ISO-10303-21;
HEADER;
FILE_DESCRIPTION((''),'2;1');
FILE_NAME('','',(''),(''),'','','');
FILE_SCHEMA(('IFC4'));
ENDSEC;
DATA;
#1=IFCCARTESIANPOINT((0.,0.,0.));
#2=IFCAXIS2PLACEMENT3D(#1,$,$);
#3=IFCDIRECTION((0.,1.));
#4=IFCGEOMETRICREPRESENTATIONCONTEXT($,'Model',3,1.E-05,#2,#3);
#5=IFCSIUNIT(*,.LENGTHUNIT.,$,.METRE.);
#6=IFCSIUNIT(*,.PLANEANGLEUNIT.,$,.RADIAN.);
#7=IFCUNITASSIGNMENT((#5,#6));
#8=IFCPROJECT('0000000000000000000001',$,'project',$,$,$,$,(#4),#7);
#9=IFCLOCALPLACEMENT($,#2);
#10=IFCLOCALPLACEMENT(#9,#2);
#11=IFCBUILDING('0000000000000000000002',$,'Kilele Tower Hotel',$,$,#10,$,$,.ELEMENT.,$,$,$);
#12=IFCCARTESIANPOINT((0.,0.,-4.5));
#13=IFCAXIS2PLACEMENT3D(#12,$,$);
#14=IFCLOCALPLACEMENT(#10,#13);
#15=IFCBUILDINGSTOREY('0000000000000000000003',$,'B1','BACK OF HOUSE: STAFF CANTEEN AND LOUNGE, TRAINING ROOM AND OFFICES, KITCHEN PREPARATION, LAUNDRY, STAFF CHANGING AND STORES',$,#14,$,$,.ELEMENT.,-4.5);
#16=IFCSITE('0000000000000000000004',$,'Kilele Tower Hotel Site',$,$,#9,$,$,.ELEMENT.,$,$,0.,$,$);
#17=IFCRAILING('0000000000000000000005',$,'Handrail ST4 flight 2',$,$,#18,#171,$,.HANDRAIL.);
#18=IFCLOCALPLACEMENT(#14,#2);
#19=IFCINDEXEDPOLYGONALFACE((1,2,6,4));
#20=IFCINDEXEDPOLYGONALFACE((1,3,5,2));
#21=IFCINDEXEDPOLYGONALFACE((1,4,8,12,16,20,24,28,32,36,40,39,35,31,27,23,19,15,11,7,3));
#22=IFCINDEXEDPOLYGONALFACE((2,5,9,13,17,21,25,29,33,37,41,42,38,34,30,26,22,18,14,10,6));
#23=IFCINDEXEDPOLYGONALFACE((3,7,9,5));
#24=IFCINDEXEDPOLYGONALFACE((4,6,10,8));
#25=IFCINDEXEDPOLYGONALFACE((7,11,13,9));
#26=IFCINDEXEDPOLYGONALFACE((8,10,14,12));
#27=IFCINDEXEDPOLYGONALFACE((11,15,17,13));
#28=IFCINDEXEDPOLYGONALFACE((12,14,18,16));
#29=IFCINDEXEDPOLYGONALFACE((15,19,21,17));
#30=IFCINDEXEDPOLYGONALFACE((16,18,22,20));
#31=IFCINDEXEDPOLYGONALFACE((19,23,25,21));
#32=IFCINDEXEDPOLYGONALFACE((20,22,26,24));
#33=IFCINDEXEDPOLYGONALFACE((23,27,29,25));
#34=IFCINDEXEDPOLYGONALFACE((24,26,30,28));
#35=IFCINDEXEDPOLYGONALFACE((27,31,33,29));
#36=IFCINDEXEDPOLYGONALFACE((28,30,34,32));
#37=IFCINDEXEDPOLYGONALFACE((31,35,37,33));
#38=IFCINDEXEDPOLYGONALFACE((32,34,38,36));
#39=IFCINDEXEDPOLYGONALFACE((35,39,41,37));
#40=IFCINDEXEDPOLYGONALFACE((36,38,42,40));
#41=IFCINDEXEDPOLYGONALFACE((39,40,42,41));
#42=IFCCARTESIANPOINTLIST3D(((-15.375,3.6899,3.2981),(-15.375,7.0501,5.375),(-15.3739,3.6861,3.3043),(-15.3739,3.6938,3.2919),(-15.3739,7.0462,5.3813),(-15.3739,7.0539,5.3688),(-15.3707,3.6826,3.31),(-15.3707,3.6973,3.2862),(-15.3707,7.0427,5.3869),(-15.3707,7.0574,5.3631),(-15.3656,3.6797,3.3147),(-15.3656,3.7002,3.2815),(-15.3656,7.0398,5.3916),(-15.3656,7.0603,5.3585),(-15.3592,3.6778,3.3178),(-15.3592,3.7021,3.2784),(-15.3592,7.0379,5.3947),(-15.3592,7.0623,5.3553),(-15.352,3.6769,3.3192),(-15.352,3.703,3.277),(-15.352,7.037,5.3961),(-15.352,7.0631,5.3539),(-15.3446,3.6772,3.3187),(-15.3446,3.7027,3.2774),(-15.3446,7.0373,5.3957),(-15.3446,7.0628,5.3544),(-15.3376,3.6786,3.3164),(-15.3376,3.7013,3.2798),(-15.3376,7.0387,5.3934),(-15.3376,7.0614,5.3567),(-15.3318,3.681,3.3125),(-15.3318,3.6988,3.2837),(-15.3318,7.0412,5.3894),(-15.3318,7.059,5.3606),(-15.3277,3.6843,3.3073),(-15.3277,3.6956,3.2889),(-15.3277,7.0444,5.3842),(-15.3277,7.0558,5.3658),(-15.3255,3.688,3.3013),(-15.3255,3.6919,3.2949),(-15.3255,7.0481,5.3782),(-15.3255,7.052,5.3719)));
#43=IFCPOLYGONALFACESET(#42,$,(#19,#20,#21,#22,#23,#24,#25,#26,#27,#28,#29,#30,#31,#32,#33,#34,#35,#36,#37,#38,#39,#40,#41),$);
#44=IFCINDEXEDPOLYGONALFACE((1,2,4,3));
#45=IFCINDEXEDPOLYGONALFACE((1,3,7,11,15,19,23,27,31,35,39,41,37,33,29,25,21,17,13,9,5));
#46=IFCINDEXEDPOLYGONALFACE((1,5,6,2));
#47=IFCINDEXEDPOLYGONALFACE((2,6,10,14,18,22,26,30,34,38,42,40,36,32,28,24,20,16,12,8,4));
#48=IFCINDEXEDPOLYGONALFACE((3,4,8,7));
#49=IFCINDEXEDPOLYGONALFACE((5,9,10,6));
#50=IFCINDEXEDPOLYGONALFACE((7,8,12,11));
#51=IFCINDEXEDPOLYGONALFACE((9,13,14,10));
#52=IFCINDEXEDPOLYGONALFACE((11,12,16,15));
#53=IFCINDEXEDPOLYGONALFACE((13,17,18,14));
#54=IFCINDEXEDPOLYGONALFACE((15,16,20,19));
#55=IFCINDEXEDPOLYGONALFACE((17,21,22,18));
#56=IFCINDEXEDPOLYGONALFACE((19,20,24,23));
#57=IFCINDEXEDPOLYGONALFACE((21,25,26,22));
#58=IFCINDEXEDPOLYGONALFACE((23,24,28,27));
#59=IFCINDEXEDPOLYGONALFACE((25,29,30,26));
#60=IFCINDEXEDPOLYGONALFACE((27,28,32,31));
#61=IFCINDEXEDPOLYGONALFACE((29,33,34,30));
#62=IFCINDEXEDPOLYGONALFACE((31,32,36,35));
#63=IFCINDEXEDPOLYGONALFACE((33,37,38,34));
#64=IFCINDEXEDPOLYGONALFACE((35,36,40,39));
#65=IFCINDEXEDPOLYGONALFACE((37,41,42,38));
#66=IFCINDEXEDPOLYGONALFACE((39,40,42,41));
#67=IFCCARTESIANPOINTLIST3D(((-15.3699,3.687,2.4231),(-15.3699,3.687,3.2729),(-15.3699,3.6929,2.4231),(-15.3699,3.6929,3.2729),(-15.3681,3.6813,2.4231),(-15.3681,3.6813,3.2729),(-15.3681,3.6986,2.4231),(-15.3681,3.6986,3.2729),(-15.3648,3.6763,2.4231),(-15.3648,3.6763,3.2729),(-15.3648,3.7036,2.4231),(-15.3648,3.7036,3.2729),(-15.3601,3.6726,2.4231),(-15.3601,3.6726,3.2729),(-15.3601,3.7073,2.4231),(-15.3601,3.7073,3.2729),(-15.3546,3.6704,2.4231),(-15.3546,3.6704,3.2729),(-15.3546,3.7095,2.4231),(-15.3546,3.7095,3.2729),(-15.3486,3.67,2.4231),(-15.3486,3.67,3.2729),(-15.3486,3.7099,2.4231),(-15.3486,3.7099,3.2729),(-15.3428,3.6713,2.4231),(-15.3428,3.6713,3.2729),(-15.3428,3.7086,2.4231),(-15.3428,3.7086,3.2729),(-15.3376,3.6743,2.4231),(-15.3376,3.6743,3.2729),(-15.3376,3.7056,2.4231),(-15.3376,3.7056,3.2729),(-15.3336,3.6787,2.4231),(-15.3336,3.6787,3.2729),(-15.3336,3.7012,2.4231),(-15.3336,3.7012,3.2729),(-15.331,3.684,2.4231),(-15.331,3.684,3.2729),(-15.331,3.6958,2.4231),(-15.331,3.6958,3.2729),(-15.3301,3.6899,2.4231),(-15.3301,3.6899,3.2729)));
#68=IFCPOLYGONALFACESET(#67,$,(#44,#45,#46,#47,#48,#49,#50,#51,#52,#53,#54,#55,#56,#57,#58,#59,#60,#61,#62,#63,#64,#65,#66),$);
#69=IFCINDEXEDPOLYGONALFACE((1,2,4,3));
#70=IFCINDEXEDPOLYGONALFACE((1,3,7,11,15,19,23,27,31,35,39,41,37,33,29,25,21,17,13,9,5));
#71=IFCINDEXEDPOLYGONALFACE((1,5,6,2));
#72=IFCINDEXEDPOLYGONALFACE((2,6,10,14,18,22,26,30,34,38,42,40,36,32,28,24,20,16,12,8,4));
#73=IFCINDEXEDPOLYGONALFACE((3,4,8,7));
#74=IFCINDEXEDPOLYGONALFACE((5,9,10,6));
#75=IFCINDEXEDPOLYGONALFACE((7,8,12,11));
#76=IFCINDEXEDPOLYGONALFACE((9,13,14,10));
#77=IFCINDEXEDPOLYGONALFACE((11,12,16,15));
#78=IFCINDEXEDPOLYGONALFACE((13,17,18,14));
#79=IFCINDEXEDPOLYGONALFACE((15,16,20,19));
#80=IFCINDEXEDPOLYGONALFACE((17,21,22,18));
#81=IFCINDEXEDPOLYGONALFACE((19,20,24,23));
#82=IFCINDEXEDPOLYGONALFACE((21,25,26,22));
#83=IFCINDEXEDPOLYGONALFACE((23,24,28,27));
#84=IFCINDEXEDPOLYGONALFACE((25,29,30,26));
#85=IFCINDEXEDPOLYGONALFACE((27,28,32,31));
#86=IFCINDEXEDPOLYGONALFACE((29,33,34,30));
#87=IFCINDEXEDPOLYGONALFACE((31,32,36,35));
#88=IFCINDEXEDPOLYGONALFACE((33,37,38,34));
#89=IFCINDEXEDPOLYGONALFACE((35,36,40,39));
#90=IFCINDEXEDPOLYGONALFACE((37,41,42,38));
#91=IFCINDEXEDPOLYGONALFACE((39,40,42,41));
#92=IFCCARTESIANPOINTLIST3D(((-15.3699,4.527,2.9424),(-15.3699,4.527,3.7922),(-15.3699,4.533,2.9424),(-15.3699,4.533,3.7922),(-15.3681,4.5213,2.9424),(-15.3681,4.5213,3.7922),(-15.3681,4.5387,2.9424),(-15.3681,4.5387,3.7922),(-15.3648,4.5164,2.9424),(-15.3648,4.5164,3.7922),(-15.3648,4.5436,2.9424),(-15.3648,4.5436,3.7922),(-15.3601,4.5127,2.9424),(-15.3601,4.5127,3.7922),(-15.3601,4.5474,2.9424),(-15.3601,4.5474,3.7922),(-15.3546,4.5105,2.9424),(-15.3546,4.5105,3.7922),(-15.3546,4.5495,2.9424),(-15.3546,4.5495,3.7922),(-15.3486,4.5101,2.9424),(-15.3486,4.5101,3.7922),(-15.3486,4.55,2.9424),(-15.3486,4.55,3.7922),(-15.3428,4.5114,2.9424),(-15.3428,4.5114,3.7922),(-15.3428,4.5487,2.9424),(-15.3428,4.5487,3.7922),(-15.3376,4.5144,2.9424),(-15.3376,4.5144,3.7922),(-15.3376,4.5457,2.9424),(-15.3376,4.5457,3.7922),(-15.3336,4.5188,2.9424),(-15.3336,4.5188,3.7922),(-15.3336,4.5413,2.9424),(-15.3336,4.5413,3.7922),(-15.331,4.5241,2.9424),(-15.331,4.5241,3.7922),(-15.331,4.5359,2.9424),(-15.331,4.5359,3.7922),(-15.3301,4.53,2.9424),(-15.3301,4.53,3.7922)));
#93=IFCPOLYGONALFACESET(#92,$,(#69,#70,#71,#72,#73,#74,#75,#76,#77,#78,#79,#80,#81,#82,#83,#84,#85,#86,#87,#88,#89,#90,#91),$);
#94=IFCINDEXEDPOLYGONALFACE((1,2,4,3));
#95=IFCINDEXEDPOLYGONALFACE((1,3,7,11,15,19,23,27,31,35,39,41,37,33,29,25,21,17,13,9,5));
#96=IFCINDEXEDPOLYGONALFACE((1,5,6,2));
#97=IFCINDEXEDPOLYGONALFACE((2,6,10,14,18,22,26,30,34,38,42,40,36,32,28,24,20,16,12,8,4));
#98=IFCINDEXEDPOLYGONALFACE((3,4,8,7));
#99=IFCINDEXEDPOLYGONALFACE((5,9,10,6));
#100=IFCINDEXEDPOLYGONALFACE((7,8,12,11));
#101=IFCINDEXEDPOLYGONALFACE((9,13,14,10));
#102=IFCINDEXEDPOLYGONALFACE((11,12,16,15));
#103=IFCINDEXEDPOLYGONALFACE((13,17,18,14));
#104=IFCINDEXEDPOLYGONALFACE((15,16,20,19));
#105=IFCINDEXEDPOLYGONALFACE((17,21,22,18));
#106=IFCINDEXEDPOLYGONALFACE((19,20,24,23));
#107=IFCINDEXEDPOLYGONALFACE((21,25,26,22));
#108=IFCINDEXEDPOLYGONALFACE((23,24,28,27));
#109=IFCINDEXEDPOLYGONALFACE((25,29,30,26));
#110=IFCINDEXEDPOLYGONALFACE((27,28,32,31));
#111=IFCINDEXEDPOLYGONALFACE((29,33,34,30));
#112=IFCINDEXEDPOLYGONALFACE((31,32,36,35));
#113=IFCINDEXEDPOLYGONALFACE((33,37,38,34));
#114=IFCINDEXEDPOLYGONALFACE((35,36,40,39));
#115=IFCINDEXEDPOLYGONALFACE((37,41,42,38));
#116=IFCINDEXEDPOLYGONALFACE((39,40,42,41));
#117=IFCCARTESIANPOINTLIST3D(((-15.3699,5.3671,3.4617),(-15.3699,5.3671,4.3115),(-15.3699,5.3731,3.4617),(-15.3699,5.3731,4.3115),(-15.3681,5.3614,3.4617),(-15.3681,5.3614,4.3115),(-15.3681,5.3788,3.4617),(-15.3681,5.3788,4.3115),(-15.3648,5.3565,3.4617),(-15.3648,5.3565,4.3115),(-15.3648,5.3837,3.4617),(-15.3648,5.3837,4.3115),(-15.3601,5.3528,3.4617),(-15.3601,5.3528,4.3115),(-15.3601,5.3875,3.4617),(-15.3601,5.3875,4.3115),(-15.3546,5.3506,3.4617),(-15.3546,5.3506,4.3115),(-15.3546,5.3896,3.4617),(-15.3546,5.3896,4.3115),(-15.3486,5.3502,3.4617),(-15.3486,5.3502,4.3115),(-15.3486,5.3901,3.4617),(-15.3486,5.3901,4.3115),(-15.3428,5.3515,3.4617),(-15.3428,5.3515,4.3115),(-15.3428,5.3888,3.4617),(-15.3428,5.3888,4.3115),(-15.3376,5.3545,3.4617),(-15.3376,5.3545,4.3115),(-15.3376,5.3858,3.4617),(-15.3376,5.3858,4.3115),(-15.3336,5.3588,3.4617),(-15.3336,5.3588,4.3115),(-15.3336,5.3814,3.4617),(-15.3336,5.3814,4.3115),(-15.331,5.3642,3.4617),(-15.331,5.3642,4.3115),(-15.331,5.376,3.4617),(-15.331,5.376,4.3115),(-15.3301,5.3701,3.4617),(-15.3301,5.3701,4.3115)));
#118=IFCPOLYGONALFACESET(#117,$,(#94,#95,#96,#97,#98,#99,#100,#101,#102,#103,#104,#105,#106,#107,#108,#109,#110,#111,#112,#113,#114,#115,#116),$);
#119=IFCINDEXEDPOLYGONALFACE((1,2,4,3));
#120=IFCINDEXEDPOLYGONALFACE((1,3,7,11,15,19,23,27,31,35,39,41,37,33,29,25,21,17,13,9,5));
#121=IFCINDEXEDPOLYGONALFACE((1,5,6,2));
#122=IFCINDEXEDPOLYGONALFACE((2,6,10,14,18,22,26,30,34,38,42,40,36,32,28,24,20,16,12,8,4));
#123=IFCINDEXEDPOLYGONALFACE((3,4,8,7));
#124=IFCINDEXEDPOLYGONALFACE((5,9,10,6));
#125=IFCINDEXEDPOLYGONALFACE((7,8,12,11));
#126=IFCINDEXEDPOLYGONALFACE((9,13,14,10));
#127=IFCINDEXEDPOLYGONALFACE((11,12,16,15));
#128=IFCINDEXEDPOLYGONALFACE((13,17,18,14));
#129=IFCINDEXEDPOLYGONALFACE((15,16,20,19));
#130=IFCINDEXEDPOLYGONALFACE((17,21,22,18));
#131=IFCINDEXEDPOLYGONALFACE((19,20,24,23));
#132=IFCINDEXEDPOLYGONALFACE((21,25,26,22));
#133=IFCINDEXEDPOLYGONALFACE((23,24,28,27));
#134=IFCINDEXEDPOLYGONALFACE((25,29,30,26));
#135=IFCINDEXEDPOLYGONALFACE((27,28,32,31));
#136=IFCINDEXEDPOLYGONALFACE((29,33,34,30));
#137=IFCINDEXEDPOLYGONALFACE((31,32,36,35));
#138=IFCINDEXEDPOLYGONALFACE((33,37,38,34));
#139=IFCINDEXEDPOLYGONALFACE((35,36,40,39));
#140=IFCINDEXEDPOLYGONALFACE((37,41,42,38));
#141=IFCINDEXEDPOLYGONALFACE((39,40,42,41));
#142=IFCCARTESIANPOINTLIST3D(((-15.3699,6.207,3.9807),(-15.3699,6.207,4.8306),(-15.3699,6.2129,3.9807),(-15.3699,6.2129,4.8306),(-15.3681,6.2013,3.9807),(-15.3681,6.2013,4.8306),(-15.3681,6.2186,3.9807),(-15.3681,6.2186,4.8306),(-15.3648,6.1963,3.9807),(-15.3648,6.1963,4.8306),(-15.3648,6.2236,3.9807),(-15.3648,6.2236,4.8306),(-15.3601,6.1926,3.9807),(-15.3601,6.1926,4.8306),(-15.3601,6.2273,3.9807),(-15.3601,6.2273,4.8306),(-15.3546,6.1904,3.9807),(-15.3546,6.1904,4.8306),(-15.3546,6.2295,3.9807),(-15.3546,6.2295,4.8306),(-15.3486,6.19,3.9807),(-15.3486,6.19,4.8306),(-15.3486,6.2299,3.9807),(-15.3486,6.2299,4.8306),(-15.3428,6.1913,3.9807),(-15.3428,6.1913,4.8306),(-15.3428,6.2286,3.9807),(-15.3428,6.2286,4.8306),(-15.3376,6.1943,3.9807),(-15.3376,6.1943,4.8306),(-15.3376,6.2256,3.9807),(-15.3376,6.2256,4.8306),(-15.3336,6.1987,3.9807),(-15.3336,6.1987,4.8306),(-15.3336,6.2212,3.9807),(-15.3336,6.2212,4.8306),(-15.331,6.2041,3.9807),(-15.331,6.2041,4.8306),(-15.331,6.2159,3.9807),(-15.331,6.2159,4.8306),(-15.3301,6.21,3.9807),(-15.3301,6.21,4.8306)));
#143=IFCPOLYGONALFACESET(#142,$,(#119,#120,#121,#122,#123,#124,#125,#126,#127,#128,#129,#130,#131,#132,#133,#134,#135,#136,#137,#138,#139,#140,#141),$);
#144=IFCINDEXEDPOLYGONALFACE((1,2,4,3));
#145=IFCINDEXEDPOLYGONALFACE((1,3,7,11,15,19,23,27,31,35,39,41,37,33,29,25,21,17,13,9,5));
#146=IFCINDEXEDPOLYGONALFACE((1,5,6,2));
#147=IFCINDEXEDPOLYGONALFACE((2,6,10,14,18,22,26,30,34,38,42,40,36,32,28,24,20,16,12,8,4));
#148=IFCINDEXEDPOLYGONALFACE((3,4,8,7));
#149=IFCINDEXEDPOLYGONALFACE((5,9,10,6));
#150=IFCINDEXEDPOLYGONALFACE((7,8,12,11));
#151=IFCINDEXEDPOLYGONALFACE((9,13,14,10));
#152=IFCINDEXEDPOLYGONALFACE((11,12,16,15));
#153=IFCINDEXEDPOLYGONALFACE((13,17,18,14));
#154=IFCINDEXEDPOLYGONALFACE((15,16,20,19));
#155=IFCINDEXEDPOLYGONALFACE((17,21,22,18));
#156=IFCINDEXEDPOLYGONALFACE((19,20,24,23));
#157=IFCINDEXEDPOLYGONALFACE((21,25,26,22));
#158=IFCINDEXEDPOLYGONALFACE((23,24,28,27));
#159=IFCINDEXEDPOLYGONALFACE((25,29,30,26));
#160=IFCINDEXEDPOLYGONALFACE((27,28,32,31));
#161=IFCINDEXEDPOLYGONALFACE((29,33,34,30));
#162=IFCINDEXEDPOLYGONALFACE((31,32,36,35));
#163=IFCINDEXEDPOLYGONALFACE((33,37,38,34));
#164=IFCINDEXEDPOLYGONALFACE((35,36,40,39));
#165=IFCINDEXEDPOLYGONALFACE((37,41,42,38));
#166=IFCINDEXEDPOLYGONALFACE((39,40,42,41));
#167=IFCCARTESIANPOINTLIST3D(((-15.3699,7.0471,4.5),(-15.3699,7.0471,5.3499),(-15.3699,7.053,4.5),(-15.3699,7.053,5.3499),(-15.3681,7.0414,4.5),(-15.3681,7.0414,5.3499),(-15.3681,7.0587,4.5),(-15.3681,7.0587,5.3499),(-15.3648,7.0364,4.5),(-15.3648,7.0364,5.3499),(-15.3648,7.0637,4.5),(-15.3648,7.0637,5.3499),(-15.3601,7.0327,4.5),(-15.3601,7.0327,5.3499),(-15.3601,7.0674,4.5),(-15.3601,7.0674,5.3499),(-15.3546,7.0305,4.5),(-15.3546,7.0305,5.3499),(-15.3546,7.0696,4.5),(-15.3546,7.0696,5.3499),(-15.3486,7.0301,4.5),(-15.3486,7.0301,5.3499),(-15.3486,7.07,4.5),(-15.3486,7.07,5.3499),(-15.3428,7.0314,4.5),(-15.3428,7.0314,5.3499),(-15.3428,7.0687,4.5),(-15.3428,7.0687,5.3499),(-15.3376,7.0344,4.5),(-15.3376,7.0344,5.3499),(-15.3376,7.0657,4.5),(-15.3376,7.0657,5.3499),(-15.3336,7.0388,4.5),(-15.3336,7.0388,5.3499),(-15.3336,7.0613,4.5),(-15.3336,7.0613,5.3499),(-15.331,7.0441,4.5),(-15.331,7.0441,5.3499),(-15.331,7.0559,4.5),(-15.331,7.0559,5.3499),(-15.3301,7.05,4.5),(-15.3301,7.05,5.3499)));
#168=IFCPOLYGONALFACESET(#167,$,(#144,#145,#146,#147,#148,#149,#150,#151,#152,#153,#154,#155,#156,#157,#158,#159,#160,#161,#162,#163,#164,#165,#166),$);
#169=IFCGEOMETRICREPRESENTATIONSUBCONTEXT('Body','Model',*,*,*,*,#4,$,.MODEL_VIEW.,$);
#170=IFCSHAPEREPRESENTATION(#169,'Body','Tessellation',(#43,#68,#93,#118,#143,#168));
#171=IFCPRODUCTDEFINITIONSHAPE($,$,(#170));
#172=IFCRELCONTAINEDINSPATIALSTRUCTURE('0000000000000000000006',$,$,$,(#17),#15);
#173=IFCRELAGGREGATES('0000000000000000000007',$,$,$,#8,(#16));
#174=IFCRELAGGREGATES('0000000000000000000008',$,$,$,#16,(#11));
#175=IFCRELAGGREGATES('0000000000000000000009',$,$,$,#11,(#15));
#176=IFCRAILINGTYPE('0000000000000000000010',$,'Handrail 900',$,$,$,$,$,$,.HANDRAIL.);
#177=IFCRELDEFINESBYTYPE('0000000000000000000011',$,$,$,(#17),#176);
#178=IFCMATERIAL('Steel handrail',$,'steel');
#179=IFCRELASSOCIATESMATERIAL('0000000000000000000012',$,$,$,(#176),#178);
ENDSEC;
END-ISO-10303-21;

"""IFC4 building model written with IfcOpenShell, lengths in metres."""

from ifc_helpers import new_model, si_unit, direction, frame, origin, origin_2d, place, context, subcontext, project, spatial, circle, extrude, material, type_object, element, save


model = new_model("IFC4")

# Units and contexts
model_context = context("Model", 3, precision=1e-05, world=origin(), true_north=direction((0.0, 1.0)))
body_context = subcontext(model_context, "Body", "Model", "MODEL_VIEW")
ifc_project = project(units=[si_unit("LENGTHUNIT", "METRE"), si_unit("PLANEANGLEUNIT", "RADIAN")], contexts=[model_context])

# Site, building, storey
site_placement = place(None, origin())
site = spatial("IfcSite", under=ifc_project, at=site_placement, Name="Kilele Tower Hotel Site", CompositionType="ELEMENT", RefElevation=0.0)
building_placement = place(site_placement, origin())
building = spatial("IfcBuilding", under=site, at=building_placement, Name="Kilele Tower Hotel", CompositionType="ELEMENT")
storey_placement = place(building_placement, frame((0.0, 0.0, -4.5)))
storey = spatial("IfcBuildingStorey", under=building, at=storey_placement, Name="B1", Description="BACK OF HOUSE: STAFF CANTEEN AND LOUNGE, TRAINING ROOM AND OFFICES, KITCHEN PREPARATION, LAUNDRY, STAFF CHANGING AND STORES", CompositionType="ELEMENT", Elevation=-4.5)

# Railing
ifc_material_1 = material(Name="Steel handrail", Category="steel")
railing_type_1 = type_object("IfcRailingType", Name="Handrail 900", PredefinedType="HANDRAIL", material=ifc_material_1)
for number, where, name in (
    (1, (-15.3501, 3.6899, 2.4231), "Handrail ST4 flight 2"),
):
    element("IfcRailing", number, at=place(storey_placement, frame(where)), inside=storey, type_object=railing_type_1, Name=name, PredefinedType="HANDRAIL", context=body_context, shape_type="SweptSolid", body=[
        extrude(circle(Radius=0.0249, at=origin_2d()), frame((0.0, 0.0, 0.875), z_axis=(0.0, 0.850623, 0.525776), x_axis=(-1.0, 0.0, 0.0)), (0.0, 0.0, 1.0), 3.9502),
        extrude(circle(Radius=0.02, at=origin_2d()), origin(), (0.0, 0.0, 1.0), 0.8499),
        extrude(circle(Radius=0.02, at=origin_2d()), frame((0.0, 0.8401, 0.5193)), (0.0, 0.0, 1.0), 0.8499),
        extrude(circle(Radius=0.02, at=origin_2d()), frame((0.0, 1.6802, 1.0386)), (0.0, 0.0, 1.0), 0.8499),
        extrude(circle(Radius=0.02, at=origin_2d()), frame((0.0, 2.52, 1.5576)), (0.0, 0.0, 1.0), 0.8499),
        extrude(circle(Radius=0.02, at=origin_2d()), frame((0.0, 3.3601, 2.0769)), (0.0, 0.0, 1.0), 0.8499),
    ])

save(model, "model.ifc")
